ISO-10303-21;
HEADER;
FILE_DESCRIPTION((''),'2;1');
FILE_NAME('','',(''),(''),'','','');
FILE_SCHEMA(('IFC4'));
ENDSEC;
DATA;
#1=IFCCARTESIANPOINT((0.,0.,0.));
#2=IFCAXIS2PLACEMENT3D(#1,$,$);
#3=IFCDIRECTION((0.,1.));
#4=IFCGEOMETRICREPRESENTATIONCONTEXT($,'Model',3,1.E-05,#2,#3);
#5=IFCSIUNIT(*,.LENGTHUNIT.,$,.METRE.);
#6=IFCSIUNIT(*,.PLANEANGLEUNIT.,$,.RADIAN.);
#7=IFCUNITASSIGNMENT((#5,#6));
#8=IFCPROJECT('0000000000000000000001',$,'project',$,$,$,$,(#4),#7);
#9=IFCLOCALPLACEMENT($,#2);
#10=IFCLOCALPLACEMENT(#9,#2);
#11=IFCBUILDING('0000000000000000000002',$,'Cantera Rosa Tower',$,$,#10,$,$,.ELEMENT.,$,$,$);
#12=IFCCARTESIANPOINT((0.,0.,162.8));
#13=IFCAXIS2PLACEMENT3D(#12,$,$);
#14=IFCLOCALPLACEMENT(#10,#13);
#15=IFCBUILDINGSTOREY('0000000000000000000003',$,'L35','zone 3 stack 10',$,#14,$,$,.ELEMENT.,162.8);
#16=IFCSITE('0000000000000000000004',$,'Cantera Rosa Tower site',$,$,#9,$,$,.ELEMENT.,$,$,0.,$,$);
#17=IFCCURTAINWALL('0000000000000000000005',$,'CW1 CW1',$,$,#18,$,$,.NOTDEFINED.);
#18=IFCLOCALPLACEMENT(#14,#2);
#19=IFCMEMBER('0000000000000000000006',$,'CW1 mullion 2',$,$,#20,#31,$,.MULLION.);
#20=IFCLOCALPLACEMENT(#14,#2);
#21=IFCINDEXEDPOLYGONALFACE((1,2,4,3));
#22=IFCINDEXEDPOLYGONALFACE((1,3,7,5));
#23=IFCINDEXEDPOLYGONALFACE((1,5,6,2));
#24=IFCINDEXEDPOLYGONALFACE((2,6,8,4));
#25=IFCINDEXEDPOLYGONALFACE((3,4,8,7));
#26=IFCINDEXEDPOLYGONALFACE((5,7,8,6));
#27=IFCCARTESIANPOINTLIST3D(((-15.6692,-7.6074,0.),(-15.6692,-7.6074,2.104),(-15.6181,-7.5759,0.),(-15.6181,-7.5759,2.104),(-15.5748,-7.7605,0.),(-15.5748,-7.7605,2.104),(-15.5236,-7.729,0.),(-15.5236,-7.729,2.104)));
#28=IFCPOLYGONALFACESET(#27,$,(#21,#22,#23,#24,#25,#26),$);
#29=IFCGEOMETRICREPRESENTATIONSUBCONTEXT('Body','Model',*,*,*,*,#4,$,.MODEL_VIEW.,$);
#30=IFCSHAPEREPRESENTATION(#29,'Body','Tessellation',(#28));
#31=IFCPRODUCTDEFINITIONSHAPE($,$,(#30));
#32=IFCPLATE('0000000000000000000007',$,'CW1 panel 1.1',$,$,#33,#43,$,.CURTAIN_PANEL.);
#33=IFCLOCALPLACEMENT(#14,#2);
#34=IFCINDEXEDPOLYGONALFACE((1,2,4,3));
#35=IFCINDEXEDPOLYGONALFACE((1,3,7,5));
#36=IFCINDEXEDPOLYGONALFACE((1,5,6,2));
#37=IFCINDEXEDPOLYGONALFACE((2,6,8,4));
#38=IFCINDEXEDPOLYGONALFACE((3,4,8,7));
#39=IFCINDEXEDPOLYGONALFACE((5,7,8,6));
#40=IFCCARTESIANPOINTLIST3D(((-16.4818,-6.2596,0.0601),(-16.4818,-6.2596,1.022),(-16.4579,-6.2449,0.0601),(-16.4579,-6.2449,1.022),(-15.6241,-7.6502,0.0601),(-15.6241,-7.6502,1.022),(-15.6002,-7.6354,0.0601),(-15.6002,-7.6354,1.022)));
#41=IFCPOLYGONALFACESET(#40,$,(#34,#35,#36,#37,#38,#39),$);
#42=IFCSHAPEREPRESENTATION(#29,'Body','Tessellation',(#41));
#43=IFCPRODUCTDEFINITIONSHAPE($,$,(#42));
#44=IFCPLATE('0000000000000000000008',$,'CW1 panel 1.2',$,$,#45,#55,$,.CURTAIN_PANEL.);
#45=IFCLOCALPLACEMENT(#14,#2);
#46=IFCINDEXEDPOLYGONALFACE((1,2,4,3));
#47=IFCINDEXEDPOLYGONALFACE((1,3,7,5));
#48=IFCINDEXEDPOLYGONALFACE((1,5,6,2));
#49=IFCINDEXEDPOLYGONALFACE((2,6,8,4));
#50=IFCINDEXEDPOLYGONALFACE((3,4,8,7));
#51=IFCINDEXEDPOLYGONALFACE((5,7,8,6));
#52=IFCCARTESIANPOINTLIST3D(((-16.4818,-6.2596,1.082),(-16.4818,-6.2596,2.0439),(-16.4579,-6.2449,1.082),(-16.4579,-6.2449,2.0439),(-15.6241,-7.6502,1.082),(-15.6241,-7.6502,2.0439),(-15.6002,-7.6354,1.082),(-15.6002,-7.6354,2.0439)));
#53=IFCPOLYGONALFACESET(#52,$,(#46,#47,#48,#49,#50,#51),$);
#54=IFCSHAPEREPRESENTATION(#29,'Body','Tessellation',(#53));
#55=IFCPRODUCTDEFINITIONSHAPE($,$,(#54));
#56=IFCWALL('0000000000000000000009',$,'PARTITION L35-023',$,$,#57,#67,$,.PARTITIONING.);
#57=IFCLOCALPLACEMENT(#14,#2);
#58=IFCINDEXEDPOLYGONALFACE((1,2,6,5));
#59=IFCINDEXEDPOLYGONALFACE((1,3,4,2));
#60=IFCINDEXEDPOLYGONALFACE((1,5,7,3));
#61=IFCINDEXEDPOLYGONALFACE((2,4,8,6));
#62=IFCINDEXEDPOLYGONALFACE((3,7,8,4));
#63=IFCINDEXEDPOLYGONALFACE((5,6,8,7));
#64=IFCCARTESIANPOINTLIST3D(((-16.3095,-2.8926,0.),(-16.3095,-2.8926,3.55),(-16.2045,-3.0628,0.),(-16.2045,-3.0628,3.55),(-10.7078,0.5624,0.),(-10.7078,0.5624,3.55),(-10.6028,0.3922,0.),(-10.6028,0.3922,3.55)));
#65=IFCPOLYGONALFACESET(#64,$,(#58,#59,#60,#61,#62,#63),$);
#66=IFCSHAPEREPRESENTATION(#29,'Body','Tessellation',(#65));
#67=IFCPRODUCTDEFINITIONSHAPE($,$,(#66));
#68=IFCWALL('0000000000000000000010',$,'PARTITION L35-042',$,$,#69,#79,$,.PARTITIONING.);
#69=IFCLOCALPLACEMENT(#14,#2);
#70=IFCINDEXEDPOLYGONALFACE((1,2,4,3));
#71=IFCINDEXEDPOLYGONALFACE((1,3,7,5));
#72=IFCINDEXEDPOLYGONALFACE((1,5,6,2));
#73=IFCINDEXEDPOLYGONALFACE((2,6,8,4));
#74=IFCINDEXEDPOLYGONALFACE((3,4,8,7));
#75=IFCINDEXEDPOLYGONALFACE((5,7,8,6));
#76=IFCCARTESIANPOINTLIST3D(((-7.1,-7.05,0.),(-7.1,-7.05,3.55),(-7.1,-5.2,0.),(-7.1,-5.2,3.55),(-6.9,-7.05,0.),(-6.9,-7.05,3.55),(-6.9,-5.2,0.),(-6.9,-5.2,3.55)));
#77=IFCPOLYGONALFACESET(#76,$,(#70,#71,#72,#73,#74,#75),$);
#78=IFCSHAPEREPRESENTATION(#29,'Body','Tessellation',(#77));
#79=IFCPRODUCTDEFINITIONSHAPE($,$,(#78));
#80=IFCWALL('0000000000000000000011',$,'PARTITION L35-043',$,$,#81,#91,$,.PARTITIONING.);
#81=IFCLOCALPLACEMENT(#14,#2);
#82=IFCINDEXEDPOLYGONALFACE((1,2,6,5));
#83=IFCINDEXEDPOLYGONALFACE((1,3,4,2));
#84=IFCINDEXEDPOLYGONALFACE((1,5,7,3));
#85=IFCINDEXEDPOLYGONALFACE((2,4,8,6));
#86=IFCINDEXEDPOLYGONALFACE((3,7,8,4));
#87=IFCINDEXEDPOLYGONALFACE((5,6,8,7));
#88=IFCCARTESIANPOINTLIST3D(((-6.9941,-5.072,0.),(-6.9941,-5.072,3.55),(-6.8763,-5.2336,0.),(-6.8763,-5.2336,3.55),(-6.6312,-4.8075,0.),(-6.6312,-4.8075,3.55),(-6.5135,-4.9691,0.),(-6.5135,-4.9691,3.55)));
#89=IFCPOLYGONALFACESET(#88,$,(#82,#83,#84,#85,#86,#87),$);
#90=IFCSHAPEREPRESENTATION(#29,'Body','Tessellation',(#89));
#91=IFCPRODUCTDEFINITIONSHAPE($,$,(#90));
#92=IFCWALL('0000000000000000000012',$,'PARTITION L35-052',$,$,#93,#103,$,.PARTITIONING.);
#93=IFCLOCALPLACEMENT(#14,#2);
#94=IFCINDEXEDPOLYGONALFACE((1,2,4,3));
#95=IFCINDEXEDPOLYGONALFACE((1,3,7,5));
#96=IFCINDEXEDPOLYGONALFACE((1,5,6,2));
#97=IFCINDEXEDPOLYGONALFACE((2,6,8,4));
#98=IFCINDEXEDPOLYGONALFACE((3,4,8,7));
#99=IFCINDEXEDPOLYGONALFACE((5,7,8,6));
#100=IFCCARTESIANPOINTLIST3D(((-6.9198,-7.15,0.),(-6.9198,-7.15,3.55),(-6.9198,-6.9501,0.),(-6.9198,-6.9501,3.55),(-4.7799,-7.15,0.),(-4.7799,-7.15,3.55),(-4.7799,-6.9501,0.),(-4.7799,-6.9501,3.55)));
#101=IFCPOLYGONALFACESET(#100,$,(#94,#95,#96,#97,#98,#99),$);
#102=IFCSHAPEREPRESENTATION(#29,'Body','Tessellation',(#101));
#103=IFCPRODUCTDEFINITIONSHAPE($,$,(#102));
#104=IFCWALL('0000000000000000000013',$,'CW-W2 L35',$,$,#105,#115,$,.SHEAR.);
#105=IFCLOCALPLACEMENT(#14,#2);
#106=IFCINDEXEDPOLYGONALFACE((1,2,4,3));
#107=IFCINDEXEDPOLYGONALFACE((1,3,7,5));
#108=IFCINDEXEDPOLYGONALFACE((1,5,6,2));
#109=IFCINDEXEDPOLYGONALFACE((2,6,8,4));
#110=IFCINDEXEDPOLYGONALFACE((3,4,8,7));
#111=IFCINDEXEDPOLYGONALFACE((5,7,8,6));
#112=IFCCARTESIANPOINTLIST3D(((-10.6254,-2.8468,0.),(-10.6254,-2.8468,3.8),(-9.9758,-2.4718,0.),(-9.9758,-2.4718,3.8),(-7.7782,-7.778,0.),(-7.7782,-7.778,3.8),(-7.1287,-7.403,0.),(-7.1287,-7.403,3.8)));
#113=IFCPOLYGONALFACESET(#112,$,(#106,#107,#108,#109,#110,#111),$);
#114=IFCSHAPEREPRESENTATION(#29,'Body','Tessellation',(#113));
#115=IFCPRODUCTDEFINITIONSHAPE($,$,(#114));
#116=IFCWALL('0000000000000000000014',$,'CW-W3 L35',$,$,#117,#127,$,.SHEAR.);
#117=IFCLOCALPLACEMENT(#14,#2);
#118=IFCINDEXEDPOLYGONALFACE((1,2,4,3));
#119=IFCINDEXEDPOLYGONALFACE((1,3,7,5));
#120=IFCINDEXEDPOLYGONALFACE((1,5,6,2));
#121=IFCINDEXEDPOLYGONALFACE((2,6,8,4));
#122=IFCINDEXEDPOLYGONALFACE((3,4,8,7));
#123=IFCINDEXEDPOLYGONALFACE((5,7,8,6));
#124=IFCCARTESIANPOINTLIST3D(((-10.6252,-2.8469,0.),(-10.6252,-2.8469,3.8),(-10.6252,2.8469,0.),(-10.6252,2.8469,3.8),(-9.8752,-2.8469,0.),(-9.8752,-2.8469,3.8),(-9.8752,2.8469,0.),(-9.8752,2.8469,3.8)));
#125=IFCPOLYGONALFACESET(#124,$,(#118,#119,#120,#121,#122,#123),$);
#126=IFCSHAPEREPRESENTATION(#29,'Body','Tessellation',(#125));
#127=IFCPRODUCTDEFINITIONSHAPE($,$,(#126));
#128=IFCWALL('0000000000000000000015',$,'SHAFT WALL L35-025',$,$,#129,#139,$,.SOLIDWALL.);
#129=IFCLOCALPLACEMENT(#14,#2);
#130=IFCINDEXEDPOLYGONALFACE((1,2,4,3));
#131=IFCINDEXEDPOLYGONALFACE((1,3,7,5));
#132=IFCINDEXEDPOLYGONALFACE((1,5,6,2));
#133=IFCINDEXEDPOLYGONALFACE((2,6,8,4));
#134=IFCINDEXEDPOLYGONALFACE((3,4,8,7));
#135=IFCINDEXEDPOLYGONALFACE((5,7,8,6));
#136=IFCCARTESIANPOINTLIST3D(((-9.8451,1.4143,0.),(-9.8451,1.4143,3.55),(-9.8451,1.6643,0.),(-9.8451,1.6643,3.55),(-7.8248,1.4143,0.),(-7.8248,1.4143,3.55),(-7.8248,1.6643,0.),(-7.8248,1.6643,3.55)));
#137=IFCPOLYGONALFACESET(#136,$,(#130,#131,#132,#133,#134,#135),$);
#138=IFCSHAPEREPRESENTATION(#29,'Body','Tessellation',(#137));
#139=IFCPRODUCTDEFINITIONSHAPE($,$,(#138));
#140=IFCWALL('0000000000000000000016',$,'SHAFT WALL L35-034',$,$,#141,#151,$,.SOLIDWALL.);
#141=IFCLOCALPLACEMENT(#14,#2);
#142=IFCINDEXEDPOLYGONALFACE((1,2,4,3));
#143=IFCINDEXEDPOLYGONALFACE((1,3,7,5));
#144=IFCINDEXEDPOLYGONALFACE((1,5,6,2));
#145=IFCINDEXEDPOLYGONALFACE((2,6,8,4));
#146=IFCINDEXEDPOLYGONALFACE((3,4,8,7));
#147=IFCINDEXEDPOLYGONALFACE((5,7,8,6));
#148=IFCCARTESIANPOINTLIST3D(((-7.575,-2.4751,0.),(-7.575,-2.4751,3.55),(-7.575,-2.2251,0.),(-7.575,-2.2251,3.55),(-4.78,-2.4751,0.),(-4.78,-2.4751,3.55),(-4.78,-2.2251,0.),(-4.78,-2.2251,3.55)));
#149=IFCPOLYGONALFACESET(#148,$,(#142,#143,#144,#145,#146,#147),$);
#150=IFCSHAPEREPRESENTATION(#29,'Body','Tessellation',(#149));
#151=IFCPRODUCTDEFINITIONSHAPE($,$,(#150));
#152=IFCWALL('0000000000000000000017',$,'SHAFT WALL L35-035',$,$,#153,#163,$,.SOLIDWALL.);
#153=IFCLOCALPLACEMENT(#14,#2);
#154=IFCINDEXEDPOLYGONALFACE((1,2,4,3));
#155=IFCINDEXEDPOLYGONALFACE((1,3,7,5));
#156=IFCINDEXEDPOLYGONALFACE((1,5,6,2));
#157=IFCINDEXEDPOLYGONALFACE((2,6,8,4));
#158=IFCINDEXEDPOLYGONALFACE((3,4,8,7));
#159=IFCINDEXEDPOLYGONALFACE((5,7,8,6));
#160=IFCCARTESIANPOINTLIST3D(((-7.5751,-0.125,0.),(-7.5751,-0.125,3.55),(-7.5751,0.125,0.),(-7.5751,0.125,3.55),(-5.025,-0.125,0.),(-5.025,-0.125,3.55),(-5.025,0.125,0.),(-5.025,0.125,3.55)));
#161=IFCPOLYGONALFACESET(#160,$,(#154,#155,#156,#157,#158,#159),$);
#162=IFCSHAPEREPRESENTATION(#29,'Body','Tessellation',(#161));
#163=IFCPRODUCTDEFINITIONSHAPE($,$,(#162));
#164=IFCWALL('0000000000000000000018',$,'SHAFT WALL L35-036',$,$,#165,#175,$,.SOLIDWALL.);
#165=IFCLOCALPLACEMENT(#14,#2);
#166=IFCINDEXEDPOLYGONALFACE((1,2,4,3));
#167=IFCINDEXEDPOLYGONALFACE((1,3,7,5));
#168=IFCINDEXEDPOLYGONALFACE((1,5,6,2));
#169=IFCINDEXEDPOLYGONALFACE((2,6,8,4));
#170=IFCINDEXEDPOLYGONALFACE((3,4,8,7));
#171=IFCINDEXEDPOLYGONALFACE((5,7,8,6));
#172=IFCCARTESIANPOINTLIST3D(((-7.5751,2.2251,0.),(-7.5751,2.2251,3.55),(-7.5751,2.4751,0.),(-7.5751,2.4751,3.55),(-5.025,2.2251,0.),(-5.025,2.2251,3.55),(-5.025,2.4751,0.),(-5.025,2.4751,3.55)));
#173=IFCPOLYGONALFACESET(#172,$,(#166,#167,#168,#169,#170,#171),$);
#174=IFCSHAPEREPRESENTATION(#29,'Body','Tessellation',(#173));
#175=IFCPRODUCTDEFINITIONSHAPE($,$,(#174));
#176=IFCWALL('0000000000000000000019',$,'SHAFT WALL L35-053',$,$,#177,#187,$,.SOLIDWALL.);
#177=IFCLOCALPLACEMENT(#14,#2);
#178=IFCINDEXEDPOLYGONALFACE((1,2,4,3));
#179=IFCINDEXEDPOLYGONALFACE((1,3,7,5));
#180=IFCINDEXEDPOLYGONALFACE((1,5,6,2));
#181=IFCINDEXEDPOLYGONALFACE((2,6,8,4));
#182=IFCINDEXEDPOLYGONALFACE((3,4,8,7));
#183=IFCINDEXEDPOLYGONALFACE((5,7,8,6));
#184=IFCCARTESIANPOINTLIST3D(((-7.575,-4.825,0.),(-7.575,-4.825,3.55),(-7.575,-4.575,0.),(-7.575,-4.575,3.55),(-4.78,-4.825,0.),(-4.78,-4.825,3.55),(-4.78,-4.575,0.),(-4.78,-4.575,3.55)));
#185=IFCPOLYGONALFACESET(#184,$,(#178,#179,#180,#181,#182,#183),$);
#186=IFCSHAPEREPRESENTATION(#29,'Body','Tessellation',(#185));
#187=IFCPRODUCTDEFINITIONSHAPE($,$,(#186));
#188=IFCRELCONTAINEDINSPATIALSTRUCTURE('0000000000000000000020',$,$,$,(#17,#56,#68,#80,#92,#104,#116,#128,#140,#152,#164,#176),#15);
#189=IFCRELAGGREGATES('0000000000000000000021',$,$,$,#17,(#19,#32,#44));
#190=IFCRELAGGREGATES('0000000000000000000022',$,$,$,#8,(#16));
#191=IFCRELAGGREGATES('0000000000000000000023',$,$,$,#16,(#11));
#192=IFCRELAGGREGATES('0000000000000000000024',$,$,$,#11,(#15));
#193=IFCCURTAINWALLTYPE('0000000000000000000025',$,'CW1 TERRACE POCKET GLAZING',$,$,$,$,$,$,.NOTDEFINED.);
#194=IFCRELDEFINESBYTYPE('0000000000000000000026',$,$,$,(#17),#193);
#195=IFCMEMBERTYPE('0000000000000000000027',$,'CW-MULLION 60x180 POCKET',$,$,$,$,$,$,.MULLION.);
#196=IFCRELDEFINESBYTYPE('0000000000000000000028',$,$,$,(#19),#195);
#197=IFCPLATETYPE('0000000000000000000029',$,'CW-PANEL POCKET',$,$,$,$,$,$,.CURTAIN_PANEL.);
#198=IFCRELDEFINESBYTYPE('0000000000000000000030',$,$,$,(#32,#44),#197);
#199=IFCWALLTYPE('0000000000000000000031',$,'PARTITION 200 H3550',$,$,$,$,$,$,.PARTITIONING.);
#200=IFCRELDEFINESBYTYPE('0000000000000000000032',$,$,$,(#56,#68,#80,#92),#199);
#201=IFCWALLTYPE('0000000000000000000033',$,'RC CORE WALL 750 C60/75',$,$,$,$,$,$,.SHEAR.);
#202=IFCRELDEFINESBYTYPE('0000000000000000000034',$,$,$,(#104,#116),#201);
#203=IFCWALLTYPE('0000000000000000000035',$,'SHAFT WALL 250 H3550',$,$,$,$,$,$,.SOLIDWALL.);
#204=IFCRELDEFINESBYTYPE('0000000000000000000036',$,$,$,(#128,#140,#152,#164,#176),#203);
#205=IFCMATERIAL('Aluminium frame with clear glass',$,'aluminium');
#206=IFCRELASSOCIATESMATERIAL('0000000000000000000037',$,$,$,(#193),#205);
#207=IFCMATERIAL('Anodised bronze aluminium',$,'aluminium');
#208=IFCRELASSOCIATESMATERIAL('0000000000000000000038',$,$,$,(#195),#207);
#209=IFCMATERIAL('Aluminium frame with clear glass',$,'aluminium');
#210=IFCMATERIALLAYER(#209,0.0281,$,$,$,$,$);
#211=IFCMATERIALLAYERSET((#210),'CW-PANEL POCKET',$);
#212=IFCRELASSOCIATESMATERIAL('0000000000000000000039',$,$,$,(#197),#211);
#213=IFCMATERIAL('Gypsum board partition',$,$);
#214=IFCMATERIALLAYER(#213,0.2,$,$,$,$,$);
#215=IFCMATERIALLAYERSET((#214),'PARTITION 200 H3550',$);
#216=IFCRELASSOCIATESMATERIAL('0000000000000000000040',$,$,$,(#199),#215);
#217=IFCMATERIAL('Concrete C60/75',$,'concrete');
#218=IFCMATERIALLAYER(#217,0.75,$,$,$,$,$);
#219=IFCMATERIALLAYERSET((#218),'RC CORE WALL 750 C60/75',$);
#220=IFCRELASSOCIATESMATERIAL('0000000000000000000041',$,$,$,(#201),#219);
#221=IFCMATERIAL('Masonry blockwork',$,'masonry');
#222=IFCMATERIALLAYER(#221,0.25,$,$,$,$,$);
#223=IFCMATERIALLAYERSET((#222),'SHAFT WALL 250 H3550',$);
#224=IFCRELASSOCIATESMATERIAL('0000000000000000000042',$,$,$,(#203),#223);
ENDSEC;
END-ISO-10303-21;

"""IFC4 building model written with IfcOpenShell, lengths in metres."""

from ifc_helpers import new_model, si_unit, direction, frame, frame_2d, origin, origin_2d, place, context, subcontext, project, spatial, rectangle, extrude, material, layer, layer_set, material_profile, profile_set, type_object, element, aggregate, save


model = new_model("IFC4")

# Units and contexts
model_context = context("Model", 3, precision=1e-05, world=origin(), true_north=direction((0.0, 1.0)))
body_context = subcontext(model_context, "Body", "Model", "MODEL_VIEW")
ifc_project = project(units=[si_unit("LENGTHUNIT", "METRE"), si_unit("PLANEANGLEUNIT", "RADIAN")], contexts=[model_context])

# Site, building, storey
site_placement = place(None, origin())
site = spatial("IfcSite", under=ifc_project, at=site_placement, Name="Cantera Rosa Tower site", CompositionType="ELEMENT", RefElevation=0.0)
building_placement = place(site_placement, origin())
building = spatial("IfcBuilding", under=site, at=building_placement, Name="Cantera Rosa Tower", CompositionType="ELEMENT")
storey_placement = place(building_placement, frame((0.0, 0.0, 162.8)))
storey = spatial("IfcBuildingStorey", under=building, at=storey_placement, Name="L35", Description="zone 3 stack 10", CompositionType="ELEMENT", Elevation=162.8)

# Curtain wall, member, plates
ifc_material_1 = material(Name="Aluminium frame with clear glass", Category="aluminium")
curtain_wall_type = type_object("IfcCurtainWallType", Name="CW1 TERRACE POCKET GLAZING", PredefinedType="NOTDEFINED", material=ifc_material_1)
curtain_wall_placement = place(storey_placement, origin())
curtain_wall = element("IfcCurtainWall", 1, at=curtain_wall_placement, inside=storey, type_object=curtain_wall_type, Name="CW1 CW1", PredefinedType="NOTDEFINED")
ifc_material_2 = material(Name="Anodised bronze aluminium", Category="aluminium")
ifc_material_profile = material_profile(ifc_material_2, rectangle(XDim=0.0601, YDim=0.1799, at=origin_2d()), Name="CW-MULLION 60x180 POCKET")
ifc_profile_set = profile_set([ifc_material_profile], Name="Anodised bronze aluminium")
member_type = type_object("IfcMemberType", Name="CW-MULLION 60x180 POCKET", PredefinedType="MULLION", material=ifc_profile_set)
member_placement = place(storey_placement, frame((-15.5964, -7.6682, 0.0), z_axis=(0.0, 0.0, 1.0), x_axis=(0.851117, 0.524977, 0.0)))
member = element("IfcMember", 2, at=member_placement, type_object=member_type, Name="CW1 mullion 2", PredefinedType="MULLION", context=body_context, shape_type="SweptSolid", body=[
    extrude(rectangle(XDim=0.0601, YDim=0.1799, at=origin_2d()), origin(), (0.0, 0.0, 1.0), 2.104),
])
ifc_material_3 = material(Name="Aluminium frame with clear glass", Category="aluminium")
ifc_layer_1 = layer(ifc_material_3, 0.0281)
ifc_layer_set_1 = layer_set([ifc_layer_1], Name="CW-PANEL POCKET")
plate_type = type_object("IfcPlateType", Name="CW-PANEL POCKET", PredefinedType="CURTAIN_PANEL", material=ifc_layer_set_1)
plate_1_placement = place(storey_placement, frame((-16.041, -6.9475, 0.0601), z_axis=(0.0, 0.0, 1.0), x_axis=(0.524977, -0.851117, 0.0)))
plate_1 = element("IfcPlate", 3, at=plate_1_placement, type_object=plate_type, Name="CW1 panel 1.1", PredefinedType="CURTAIN_PANEL", context=body_context, shape_type="SweptSolid", body=[
    extrude(rectangle(XDim=1.6338, YDim=0.0281, at=origin_2d()), origin(), (0.0, 0.0, 1.0), 0.9619),
])
plate_2_placement = place(storey_placement, frame((-16.041, -6.9475, 1.082), z_axis=(0.0, 0.0, 1.0), x_axis=(0.524977, -0.851117, 0.0)))
plate_2 = element("IfcPlate", 4, at=plate_2_placement, type_object=plate_type, Name="CW1 panel 1.2", PredefinedType="CURTAIN_PANEL", context=body_context, shape_type="SweptSolid", body=[
    extrude(rectangle(XDim=1.6338, YDim=0.0281, at=origin_2d()), origin(), (0.0, 0.0, 1.0), 0.9619),
])
aggregate(curtain_wall, [member, plate_1, plate_2])

# Walls
ifc_material_4 = material(Name="Gypsum board partition")
ifc_layer_2 = layer(ifc_material_4, 0.2)
ifc_layer_set_2 = layer_set([ifc_layer_2], Name="PARTITION 200 H3550")
wall_type_1 = type_object("IfcWallType", Name="PARTITION 200 H3550", PredefinedType="PARTITIONING", material=ifc_layer_set_2)
wall_1_placement = place(storey_placement, frame((-10.6553, 0.4773, 0.0), z_axis=(0.0, 0.0, 1.0), x_axis=(-0.851128, -0.524958, 0.0)))
element("IfcWall", 5, at=wall_1_placement, inside=storey, type_object=wall_type_1, Name="PARTITION L35-023", PredefinedType="PARTITIONING", context=body_context, shape_type="SweptSolid", body=[
    extrude(rectangle(XDim=6.5815, YDim=0.2, at=frame_2d((3.2908, 0.0))), origin(), (0.0, 0.0, 1.0), 3.55),
])
wall_2_placement = place(storey_placement, frame((-7.0, -7.05, 0.0), z_axis=(0.0, 0.0, 1.0), x_axis=(0.0, 1.0, 0.0)))
element("IfcWall", 6, at=wall_2_placement, inside=storey, type_object=wall_type_1, Name="PARTITION L35-042", PredefinedType="PARTITIONING", context=body_context, shape_type="SweptSolid", body=[
    extrude(rectangle(XDim=1.8501, YDim=0.2, at=frame_2d((0.925, 0.0))), origin(), (0.0, 0.0, 1.0), 3.55),
])
wall_3_placement = place(storey_placement, frame((-6.9353, -5.1528, 0.0), z_axis=(0.0, 0.0, 1.0), x_axis=(0.808148, 0.58898, 0.0)))
element("IfcWall", 7, at=wall_3_placement, inside=storey, type_object=wall_type_1, Name="PARTITION L35-043", PredefinedType="PARTITIONING", context=body_context, shape_type="SweptSolid", body=[
    extrude(rectangle(XDim=0.449, YDim=0.2, at=frame_2d((0.2246, 0.0))), origin(), (0.0, 0.0, 1.0), 3.55),
])
wall_4_placement = place(storey_placement, frame((-4.78, -7.05, 0.0), z_axis=(0.0, 0.0, 1.0), x_axis=(-1.0, 0.0, 0.0)))
element("IfcWall", 8, at=wall_4_placement, inside=storey, type_object=wall_type_1, Name="PARTITION L35-052", PredefinedType="PARTITIONING", context=body_context, shape_type="SweptSolid", body=[
    extrude(rectangle(XDim=2.1399, YDim=0.2, at=frame_2d((1.0698, 0.0))), origin(), (0.0, 0.0, 1.0), 3.55),
])
ifc_material_5 = material(Name="Concrete C60/75", Category="concrete")
ifc_layer_3 = layer(ifc_material_5, 0.75)
ifc_layer_set_3 = layer_set([ifc_layer_3], Name="RC CORE WALL 750 C60/75")
wall_type_2 = type_object("IfcWallType", Name="RC CORE WALL 750 C60/75", PredefinedType="SHEAR", material=ifc_layer_set_3)
wall_5_placement = place(storey_placement, frame((-7.4534, -7.5906, 0.0), z_axis=(0.0, 0.0, 1.0), x_axis=(-0.500022, 0.866013, 0.0)))
element("IfcWall", 9, at=wall_5_placement, inside=storey, type_object=wall_type_2, Name="CW-W2 L35", PredefinedType="SHEAR", context=body_context, shape_type="SweptSolid", body=[
    extrude(rectangle(XDim=5.6941, YDim=0.75, at=frame_2d((2.8472, 0.0))), origin(), (0.0, 0.0, 1.0), 3.8),
])
wall_6_placement = place(storey_placement, frame((-10.2502, -2.8469, 0.0), z_axis=(0.0, 0.0, 1.0), x_axis=(0.0, 1.0, 0.0)))
element("IfcWall", 10, at=wall_6_placement, inside=storey, type_object=wall_type_2, Name="CW-W3 L35", PredefinedType="SHEAR", context=body_context, shape_type="SweptSolid", body=[
    extrude(rectangle(XDim=5.6938, YDim=0.75, at=frame_2d((2.8469, 0.0))), origin(), (0.0, 0.0, 1.0), 3.8),
])
ifc_material_6 = material(Name="Masonry blockwork", Category="masonry")
ifc_layer_4 = layer(ifc_material_6, 0.25)
ifc_layer_set_4 = layer_set([ifc_layer_4], Name="SHAFT WALL 250 H3550")
wall_type_3 = type_object("IfcWallType", Name="SHAFT WALL 250 H3550", PredefinedType="SOLIDWALL", material=ifc_layer_set_4)
wall_7_placement = place(storey_placement, frame((-9.8452, 1.5393, 0.0), z_axis=(0.0, 0.0, 1.0), x_axis=(1.0, 0.0, 0.0)))
element("IfcWall", 11, at=wall_7_placement, inside=storey, type_object=wall_type_3, Name="SHAFT WALL L35-025", PredefinedType="SOLIDWALL", context=body_context, shape_type="SweptSolid", body=[
    extrude(rectangle(XDim=2.0203, YDim=0.25, at=frame_2d((1.0103, 0.0))), origin(), (0.0, 0.0, 1.0), 3.55),
])
wall_8_placement = place(storey_placement, frame((-7.575, -2.3501, 0.0), z_axis=(0.0, 0.0, 1.0), x_axis=(1.0, 0.0, 0.0)))
element("IfcWall", 12, at=wall_8_placement, inside=storey, type_object=wall_type_3, Name="SHAFT WALL L35-034", PredefinedType="SOLIDWALL", context=body_context, shape_type="SweptSolid", body=[
    extrude(rectangle(XDim=2.7949, YDim=0.25, at=frame_2d((1.3975, 0.0))), origin(), (0.0, 0.0, 1.0), 3.55),
])
for number, where, z_axis, x_axis, name in (
    (13, (-7.575, 0.0, 0.0), (0.0, 0.0, 1.0), (1.0, 0.0, 0.0), "SHAFT WALL L35-035"),
    (14, (-7.575, 2.3501, 0.0), (0.0, 0.0, 1.0), (1.0, 0.0, 0.0), "SHAFT WALL L35-036"),
):
    element("IfcWall", number, at=place(storey_placement, frame(where, z_axis=z_axis, x_axis=x_axis)), inside=storey, type_object=wall_type_3, Name=name, PredefinedType="SOLIDWALL", context=body_context, shape_type="SweptSolid", body=[
        extrude(rectangle(XDim=2.55, YDim=0.25, at=frame_2d((1.2749, 0.0))), origin(), (0.0, 0.0, 1.0), 3.55),
    ])
wall_9_placement = place(storey_placement, frame((-4.78, -4.7, 0.0), z_axis=(0.0, 0.0, 1.0), x_axis=(-1.0, 0.0, 0.0)))
element("IfcWall", 15, at=wall_9_placement, inside=storey, type_object=wall_type_3, Name="SHAFT WALL L35-053", PredefinedType="SOLIDWALL", context=body_context, shape_type="SweptSolid", body=[
    extrude(rectangle(XDim=2.7949, YDim=0.25, at=frame_2d((1.3975, 0.0))), origin(), (0.0, 0.0, 1.0), 3.55),
])

save(model, "model.ifc")
